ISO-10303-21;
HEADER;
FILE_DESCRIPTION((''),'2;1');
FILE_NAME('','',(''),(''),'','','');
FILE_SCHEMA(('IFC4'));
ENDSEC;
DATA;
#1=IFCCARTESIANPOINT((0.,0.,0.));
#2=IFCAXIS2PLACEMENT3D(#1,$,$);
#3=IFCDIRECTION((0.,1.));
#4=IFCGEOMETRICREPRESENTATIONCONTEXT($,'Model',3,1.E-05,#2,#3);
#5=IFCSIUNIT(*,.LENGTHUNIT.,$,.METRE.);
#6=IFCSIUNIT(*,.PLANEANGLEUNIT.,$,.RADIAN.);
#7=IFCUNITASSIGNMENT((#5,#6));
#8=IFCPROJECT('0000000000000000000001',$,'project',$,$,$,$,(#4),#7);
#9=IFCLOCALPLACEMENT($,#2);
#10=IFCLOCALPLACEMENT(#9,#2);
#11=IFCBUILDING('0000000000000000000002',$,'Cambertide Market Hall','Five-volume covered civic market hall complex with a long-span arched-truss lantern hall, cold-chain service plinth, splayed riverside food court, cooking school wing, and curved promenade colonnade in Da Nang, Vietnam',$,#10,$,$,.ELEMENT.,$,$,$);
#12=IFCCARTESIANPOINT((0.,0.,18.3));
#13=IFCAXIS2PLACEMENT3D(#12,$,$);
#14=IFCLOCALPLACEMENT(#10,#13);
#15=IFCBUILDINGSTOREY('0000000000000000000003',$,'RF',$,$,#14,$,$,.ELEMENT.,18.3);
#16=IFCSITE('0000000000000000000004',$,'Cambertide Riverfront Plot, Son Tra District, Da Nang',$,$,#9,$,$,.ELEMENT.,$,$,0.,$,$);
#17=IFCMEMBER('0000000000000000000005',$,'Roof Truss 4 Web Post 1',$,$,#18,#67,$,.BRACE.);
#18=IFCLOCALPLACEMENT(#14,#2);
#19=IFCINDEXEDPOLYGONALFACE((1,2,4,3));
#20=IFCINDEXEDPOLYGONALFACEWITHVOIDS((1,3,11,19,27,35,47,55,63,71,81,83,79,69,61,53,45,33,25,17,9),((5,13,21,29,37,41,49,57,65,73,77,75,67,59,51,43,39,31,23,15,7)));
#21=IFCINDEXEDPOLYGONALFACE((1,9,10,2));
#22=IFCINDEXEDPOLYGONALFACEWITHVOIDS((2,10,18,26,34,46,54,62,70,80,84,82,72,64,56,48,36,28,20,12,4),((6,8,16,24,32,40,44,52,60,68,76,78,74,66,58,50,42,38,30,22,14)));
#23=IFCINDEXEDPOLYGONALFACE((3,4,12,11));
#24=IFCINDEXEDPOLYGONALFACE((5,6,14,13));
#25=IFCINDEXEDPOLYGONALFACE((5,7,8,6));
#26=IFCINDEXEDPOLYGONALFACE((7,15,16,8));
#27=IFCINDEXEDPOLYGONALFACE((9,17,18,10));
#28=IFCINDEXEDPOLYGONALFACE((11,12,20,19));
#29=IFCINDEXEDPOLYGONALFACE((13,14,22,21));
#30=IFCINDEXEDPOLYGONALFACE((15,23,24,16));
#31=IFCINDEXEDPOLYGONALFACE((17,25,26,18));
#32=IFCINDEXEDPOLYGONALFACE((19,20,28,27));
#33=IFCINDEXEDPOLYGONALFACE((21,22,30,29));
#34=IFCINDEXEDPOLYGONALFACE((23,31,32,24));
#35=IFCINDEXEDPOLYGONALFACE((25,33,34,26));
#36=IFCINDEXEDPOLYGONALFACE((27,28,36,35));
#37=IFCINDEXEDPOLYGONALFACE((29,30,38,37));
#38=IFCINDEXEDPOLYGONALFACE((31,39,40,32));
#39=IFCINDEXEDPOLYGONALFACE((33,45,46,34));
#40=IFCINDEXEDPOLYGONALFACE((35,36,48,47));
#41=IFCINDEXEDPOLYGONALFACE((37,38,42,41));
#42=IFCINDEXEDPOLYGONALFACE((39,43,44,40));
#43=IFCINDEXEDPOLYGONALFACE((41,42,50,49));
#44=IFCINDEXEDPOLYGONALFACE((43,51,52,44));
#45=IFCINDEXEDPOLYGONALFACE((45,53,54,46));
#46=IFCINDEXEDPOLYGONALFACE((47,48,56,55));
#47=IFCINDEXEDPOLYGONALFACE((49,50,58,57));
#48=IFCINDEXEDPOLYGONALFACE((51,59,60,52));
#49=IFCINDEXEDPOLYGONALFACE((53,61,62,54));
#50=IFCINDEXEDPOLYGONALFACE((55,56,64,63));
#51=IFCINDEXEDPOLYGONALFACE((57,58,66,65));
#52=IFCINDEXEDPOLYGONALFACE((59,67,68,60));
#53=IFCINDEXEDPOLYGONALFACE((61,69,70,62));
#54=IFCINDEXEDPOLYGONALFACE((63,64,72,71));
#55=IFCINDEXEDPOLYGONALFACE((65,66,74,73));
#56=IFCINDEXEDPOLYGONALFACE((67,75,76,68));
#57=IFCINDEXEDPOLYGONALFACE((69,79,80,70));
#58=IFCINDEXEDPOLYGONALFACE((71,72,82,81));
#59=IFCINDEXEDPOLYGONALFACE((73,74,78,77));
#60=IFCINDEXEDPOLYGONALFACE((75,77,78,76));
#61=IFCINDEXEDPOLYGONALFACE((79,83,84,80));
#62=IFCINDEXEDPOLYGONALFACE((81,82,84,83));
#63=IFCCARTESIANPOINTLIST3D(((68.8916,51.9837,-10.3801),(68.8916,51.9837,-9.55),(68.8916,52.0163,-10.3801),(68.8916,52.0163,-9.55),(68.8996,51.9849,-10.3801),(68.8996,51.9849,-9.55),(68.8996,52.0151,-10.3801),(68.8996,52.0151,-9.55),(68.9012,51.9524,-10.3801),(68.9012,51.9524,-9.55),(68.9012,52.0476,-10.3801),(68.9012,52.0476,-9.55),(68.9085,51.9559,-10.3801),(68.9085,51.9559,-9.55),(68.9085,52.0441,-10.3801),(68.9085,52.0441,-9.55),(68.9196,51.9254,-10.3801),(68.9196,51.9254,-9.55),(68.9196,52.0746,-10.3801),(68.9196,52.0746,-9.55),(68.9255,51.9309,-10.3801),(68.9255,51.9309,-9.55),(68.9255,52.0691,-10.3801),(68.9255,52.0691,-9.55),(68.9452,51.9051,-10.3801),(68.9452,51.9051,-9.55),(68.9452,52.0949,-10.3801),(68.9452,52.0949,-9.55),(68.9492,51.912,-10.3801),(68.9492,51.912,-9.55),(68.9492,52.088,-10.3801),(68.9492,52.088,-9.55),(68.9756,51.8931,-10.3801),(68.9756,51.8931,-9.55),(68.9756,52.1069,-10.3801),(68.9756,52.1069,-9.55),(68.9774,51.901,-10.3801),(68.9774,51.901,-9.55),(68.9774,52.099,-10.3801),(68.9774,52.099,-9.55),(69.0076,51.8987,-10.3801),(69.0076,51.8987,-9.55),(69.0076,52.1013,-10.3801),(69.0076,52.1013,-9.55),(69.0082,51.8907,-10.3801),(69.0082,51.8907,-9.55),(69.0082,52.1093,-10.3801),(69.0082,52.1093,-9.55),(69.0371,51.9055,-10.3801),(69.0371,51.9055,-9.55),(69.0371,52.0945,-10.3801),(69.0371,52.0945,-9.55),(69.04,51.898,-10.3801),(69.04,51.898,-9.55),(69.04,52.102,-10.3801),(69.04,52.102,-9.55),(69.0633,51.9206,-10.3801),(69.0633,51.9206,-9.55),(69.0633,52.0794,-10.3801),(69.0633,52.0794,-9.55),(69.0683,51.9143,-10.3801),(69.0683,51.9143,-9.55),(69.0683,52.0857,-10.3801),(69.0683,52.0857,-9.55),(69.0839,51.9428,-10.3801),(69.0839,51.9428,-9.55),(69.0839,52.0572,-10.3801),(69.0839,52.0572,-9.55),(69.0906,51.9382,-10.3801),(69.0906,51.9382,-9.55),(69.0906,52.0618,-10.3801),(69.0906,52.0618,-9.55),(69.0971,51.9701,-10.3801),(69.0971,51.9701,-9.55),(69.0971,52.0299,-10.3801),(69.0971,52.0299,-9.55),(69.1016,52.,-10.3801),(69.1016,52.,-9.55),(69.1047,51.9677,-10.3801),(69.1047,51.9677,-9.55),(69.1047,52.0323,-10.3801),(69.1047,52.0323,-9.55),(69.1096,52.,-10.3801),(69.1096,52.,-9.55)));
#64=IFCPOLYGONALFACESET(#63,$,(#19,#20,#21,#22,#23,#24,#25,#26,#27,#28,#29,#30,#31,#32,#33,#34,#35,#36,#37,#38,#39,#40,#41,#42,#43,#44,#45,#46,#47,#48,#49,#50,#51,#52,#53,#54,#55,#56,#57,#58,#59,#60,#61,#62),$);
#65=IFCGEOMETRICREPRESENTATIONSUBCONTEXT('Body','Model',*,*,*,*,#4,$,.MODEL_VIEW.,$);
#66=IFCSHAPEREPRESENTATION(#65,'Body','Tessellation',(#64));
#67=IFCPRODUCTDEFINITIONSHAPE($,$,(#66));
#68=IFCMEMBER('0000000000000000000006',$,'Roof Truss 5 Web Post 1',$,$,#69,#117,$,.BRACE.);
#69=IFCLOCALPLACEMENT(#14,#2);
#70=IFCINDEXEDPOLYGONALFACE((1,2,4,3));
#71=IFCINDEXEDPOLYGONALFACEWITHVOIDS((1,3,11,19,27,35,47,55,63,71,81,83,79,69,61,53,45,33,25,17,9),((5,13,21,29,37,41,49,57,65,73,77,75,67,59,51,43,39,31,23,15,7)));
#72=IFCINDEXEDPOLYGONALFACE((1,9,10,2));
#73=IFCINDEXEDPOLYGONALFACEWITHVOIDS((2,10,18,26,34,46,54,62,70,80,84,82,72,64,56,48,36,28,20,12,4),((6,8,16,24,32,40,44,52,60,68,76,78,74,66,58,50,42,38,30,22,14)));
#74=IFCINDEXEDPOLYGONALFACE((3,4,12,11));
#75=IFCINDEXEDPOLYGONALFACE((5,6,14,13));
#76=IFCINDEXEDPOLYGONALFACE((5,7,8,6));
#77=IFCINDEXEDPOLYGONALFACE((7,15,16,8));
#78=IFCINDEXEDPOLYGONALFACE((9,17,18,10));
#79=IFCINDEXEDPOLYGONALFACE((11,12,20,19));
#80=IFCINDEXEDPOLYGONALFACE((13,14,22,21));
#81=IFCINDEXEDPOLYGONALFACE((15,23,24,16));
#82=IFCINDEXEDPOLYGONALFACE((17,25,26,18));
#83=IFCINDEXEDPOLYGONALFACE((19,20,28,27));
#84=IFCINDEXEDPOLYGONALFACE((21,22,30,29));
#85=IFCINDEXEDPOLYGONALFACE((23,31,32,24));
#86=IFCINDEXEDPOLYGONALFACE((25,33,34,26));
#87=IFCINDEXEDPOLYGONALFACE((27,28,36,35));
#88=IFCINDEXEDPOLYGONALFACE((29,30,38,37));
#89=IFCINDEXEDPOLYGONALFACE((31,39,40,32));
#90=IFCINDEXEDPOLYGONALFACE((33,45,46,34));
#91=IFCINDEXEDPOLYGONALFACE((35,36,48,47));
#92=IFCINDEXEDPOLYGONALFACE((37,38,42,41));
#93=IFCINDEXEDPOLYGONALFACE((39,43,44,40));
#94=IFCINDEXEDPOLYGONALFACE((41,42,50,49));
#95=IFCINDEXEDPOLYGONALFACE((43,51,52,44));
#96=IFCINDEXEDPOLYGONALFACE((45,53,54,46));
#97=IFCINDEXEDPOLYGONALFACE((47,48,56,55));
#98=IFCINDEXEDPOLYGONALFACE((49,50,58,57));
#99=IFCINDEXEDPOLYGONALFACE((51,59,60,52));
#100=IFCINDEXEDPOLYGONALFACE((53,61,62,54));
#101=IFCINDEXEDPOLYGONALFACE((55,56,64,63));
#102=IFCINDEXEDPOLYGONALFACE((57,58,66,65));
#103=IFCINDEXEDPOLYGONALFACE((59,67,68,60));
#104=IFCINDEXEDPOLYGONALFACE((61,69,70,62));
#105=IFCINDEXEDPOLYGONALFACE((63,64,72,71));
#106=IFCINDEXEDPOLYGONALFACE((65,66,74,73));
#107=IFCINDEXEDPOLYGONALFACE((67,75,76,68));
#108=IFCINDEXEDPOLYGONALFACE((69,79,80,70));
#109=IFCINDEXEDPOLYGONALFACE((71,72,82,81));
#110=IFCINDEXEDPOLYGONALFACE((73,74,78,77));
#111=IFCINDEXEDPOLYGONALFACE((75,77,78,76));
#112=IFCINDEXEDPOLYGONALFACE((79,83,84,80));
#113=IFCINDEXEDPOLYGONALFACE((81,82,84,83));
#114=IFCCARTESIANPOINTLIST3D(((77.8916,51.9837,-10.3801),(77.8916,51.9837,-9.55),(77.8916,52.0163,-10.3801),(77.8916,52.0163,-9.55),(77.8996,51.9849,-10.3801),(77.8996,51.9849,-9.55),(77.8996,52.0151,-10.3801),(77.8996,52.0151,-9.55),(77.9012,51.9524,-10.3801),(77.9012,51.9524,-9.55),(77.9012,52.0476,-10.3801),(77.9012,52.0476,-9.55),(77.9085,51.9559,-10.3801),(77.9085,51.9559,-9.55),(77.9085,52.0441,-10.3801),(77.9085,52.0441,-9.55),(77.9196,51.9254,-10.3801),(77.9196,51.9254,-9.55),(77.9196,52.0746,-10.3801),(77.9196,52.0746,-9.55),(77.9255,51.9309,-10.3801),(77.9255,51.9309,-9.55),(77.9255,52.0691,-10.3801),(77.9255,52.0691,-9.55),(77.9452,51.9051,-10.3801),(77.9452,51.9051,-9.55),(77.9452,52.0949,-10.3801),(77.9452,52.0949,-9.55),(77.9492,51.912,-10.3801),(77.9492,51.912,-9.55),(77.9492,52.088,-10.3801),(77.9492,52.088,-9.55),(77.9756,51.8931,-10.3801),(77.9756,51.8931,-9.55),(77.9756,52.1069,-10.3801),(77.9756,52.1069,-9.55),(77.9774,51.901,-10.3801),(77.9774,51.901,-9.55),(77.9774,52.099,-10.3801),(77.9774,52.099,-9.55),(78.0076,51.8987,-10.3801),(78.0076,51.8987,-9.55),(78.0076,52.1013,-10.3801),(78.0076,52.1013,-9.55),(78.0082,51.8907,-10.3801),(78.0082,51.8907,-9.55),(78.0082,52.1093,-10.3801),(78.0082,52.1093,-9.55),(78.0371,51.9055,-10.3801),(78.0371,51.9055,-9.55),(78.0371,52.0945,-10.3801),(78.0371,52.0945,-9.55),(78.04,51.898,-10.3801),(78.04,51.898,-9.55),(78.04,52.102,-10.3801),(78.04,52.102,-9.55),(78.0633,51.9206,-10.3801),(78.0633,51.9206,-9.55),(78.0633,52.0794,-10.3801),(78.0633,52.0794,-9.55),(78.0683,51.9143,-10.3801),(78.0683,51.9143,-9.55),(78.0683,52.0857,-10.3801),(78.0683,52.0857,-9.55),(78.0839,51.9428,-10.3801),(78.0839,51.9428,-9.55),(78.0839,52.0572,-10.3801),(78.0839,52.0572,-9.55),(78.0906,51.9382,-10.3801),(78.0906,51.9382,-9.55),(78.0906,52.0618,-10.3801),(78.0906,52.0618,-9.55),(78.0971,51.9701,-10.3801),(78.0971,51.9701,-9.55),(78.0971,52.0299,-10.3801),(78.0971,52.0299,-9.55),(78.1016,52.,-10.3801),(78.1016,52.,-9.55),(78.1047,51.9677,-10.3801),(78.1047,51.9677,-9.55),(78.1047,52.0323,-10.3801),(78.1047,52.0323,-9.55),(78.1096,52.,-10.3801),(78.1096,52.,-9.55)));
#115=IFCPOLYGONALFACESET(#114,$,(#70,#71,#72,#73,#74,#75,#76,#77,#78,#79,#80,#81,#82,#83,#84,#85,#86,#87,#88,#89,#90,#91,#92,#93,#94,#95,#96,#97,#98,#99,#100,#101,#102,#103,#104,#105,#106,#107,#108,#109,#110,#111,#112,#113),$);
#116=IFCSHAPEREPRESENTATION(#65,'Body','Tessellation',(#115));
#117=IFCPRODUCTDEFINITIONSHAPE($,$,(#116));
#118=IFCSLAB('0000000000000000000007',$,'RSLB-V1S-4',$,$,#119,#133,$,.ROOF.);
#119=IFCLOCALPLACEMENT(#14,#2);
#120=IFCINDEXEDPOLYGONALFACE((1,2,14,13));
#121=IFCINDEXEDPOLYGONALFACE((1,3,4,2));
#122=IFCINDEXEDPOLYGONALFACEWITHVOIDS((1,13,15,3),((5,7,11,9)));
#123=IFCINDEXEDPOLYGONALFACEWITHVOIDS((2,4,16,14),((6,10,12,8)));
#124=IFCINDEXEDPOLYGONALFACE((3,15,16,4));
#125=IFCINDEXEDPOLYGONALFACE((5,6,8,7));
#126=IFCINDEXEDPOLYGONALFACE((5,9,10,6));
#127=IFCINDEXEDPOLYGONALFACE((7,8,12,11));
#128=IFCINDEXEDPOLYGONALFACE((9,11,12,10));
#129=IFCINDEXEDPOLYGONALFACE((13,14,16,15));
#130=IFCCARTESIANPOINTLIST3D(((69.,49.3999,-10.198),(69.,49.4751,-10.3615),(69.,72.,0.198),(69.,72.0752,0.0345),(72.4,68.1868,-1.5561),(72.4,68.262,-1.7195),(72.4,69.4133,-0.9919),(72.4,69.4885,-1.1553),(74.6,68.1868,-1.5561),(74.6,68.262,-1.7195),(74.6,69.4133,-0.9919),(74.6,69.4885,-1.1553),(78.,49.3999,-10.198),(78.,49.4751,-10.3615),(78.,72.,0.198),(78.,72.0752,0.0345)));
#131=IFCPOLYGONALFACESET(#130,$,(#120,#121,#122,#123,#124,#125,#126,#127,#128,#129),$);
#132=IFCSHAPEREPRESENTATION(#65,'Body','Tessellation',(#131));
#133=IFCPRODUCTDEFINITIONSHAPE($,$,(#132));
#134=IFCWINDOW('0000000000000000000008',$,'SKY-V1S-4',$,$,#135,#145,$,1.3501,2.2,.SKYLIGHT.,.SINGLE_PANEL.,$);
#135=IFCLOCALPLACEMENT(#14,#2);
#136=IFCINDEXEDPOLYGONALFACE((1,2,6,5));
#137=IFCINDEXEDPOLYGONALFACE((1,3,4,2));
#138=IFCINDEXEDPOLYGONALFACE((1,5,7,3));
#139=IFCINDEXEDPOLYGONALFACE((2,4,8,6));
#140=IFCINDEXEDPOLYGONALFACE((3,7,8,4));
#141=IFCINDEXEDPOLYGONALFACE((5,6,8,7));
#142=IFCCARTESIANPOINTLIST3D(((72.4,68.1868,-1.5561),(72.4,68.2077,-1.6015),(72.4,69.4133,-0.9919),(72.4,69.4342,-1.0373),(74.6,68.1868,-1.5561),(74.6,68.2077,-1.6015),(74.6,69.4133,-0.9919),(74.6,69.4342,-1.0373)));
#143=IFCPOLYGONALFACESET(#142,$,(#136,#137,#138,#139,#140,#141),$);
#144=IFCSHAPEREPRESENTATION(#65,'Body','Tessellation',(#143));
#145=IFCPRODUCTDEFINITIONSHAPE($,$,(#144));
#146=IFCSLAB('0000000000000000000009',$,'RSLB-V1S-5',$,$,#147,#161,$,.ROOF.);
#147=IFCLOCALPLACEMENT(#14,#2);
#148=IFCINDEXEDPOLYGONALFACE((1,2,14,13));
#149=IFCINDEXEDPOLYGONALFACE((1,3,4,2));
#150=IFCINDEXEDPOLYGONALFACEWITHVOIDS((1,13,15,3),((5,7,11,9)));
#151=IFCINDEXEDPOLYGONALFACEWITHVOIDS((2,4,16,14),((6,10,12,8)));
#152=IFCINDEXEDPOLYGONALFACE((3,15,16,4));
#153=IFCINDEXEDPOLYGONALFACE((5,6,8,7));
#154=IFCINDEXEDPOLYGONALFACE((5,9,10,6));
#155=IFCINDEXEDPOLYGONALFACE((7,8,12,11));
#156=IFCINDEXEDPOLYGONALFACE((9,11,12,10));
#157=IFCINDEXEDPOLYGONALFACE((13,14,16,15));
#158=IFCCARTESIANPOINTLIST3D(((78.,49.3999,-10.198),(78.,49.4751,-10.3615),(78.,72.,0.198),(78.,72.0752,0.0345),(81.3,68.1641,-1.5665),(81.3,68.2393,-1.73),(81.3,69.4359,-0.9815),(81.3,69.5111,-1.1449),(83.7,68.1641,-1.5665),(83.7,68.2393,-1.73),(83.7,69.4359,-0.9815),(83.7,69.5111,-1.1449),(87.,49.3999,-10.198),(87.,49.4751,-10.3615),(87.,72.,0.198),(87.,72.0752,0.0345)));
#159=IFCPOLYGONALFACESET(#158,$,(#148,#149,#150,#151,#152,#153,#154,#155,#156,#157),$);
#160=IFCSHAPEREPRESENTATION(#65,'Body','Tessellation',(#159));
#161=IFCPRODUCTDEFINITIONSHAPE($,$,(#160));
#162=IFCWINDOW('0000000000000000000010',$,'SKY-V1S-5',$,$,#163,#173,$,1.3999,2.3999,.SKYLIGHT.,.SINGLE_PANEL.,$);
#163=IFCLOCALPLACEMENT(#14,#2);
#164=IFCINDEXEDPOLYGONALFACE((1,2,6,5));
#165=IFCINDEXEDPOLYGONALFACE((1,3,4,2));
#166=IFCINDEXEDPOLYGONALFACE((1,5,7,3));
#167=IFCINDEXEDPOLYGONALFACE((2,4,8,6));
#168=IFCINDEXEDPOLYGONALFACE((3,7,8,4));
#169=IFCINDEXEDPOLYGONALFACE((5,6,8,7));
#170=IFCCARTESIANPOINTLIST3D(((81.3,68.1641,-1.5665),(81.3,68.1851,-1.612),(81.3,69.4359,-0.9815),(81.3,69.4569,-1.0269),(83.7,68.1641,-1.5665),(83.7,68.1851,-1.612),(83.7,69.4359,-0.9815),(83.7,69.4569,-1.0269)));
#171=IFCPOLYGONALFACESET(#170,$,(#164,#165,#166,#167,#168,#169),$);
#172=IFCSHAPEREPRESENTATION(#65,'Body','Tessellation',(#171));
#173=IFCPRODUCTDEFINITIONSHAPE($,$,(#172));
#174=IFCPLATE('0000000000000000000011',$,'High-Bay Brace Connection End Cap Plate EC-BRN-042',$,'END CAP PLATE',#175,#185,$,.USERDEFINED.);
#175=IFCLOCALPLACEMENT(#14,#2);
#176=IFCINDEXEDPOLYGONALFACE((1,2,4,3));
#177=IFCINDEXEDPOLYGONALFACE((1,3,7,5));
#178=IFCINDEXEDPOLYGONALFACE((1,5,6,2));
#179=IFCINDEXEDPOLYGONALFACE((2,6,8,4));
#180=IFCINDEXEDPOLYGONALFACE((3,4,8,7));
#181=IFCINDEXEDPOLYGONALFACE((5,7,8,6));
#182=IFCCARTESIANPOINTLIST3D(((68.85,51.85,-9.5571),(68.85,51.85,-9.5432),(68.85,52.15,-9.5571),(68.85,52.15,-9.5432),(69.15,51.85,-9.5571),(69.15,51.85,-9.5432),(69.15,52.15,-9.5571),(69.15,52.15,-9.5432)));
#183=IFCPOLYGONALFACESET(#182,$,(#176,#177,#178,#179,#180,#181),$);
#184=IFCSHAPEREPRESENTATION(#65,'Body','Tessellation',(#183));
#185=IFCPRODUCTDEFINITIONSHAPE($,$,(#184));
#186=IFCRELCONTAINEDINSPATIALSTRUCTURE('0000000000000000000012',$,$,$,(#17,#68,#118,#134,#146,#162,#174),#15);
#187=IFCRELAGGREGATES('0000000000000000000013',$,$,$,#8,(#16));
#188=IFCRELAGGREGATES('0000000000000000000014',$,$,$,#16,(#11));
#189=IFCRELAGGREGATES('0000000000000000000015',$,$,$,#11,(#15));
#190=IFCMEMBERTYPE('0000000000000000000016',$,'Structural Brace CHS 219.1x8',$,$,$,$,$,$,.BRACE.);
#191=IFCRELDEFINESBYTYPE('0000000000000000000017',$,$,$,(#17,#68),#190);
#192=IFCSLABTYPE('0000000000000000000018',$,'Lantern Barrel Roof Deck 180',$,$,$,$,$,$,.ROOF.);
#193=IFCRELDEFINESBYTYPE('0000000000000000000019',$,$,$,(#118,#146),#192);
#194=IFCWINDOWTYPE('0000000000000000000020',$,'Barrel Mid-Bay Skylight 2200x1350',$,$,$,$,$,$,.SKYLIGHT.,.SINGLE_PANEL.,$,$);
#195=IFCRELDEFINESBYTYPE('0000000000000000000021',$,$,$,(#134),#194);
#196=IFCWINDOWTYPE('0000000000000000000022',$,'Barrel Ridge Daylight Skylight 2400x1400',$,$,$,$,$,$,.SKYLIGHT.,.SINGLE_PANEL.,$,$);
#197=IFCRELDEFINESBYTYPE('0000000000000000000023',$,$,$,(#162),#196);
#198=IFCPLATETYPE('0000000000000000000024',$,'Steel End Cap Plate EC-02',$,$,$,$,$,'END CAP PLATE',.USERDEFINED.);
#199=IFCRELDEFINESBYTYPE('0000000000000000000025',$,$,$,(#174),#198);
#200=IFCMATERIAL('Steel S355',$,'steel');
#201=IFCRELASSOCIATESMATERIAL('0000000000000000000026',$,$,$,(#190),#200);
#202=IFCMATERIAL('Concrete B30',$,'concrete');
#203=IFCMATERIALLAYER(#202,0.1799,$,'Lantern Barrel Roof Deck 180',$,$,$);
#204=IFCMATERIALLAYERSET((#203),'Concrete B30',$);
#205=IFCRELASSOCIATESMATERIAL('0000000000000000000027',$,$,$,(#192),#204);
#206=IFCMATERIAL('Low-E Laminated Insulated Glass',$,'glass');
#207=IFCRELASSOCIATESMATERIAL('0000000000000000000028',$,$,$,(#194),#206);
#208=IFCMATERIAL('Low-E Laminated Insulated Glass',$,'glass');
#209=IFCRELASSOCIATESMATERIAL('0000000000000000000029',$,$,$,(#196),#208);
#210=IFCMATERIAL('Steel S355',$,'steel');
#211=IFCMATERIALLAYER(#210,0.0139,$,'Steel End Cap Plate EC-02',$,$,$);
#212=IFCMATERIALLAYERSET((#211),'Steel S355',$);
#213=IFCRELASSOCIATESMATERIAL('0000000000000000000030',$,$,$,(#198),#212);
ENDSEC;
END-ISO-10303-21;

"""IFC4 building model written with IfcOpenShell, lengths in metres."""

from ifc_helpers import new_model, si_unit, direction, frame, origin, origin_2d, place, context, subcontext, project, spatial, polyline, rectangle, hollow_circle, outline, extrude, material, layer, layer_set, material_profile, profile_set, type_object, element, fill, save


model = new_model("IFC4")

# Units and contexts
model_context = context("Model", 3, precision=1e-05, world=origin(), true_north=direction((0.0, 1.0)))
body_context = subcontext(model_context, "Body", "Model", "MODEL_VIEW")
ifc_project = project(units=[si_unit("LENGTHUNIT", "METRE"), si_unit("PLANEANGLEUNIT", "RADIAN")], contexts=[model_context])

# Site, building, storey
site_placement = place(None, origin())
site = spatial("IfcSite", under=ifc_project, at=site_placement, Name="Cambertide Riverfront Plot, Son Tra District, Da Nang", CompositionType="ELEMENT", RefElevation=0.0)
building_placement = place(site_placement, origin())
building = spatial("IfcBuilding", under=site, at=building_placement, Name="Cambertide Market Hall", Description="Five-volume covered civic market hall complex with a long-span arched-truss lantern hall, cold-chain service plinth, splayed riverside food court, cooking school wing, and curved promenade colonnade in Da Nang, Vietnam", CompositionType="ELEMENT")
storey_placement = place(building_placement, frame((0.0, 0.0, 18.3)))
storey = spatial("IfcBuildingStorey", under=building, at=storey_placement, Name="RF", CompositionType="ELEMENT", Elevation=18.3)

# Members
ifc_material_1 = material(Name="Steel S355", Category="steel")
ifc_material_profile_1 = material_profile(ifc_material_1, hollow_circle(Radius=0.1096, WallThickness=0.0081, at=origin_2d()), Name="CHS 219.1x8")
ifc_profile_set_1 = profile_set([ifc_material_profile_1], Name="Steel S355")
member_type_1 = type_object("IfcMemberType", Name="Structural Brace CHS 219.1x8", PredefinedType="BRACE", material=ifc_profile_set_1)
for number, where, z_axis, x_axis, name in (
    (1, (69.0, 52.0, -10.3801), (0.0, 0.0, 1.0), (1.0, 0.0, 0.0), "Roof Truss 4 Web Post 1"),
    (2, (78.0, 52.0, -10.3801), (0.0, 0.0, 1.0), (1.0, 0.0, 0.0), "Roof Truss 5 Web Post 1"),
):
    element("IfcMember", number, at=place(storey_placement, frame(where, z_axis=z_axis, x_axis=x_axis)), inside=storey, type_object=member_type_1, Name=name, PredefinedType="BRACE", context=body_context, shape_type="SweptSolid", body=[
        extrude(hollow_circle(Radius=0.1096, WallThickness=0.0081, at=origin_2d()), origin(), (0.0, 0.0, 1.0), 0.8301),
    ])

# Slabs, openings, windows
ifc_material_2 = material(Name="Concrete B30", Category="concrete")
ifc_layer_1 = layer(ifc_material_2, 0.1799, Name="Lantern Barrel Roof Deck 180")
ifc_layer_set_1 = layer_set([ifc_layer_1], Name="Concrete B30")
slab_type = type_object("IfcSlabType", Name="Lantern Barrel Roof Deck 180", PredefinedType="ROOF", material=ifc_layer_set_1)
slab_1_placement = place(storey_placement, frame((69.0, 49.3999, -10.198), z_axis=(0.0, -0.417904, 0.908491), x_axis=(1.0, 0.0, 0.0)))
slab_1 = element("IfcSlab", 3, at=slab_1_placement, inside=storey, type_object=slab_type, Name="RSLB-V1S-4", PredefinedType="ROOF", context=body_context, shape_type="SweptSolid", body=[
    extrude(outline(polyline([(0.0, 0.0), (9.0, 0.0), (9.0, 24.8765), (0.0, 24.8765), (0.0, 0.0)])), origin(), (0.0, 0.0, -1.0), 0.1799),
])
opening_1_placement = place(slab_1_placement, frame((4.5, 21.3542, 0.01), z_axis=(0.0, 0.0, 1.0), x_axis=(1.0, 0.0, 0.0)))
opening_1 = element("IfcOpeningElement", 4, at=opening_1_placement, cuts=slab_1, PredefinedType="OPENING", context=body_context, shape_type="SweptSolid", body=[
    extrude(rectangle(XDim=2.2, YDim=1.3501, at=origin_2d()), origin(), (0.0, 0.0, -1.0), 0.2),
])
ifc_material_3 = material(Name="Low-E Laminated Insulated Glass", Category="glass")
window_type_1 = type_object("IfcWindowType", Name="Barrel Mid-Bay Skylight 2200x1350", PartitioningType="SINGLE_PANEL", PredefinedType="SKYLIGHT", material=ifc_material_3)
window_1_placement = place(slab_1_placement, frame((4.5, 21.3542, 0.0), z_axis=(0.0, 0.0, 1.0), x_axis=(1.0, 0.0, 0.0)))
window_1 = element("IfcWindow", 5, at=window_1_placement, inside=storey, type_object=window_type_1, Name="SKY-V1S-4", OverallHeight=1.3501, OverallWidth=2.2, PartitioningType="SINGLE_PANEL", PredefinedType="SKYLIGHT", context=body_context, shape_type="SweptSolid", body=[
    extrude(rectangle(XDim=2.2, YDim=1.3501, at=origin_2d()), origin(), (0.0, 0.0, -1.0), 0.05),
])
fill(opening_1, window_1)
slab_2_placement = place(storey_placement, frame((78.0, 49.3999, -10.198), z_axis=(0.0, -0.417904, 0.908491), x_axis=(1.0, 0.0, 0.0)))
slab_2 = element("IfcSlab", 6, at=slab_2_placement, inside=storey, type_object=slab_type, Name="RSLB-V1S-5", PredefinedType="ROOF", context=body_context, shape_type="SweptSolid", body=[
    extrude(outline(polyline([(0.0, 0.0), (9.0, 0.0), (9.0, 24.8765), (0.0, 24.8765), (0.0, 0.0)])), origin(), (0.0, 0.0, -1.0), 0.1799),
])
opening_2_placement = place(slab_2_placement, frame((4.5, 21.3542, 0.01), z_axis=(0.0, 0.0, 1.0), x_axis=(1.0, 0.0, 0.0)))
opening_2 = element("IfcOpeningElement", 7, at=opening_2_placement, cuts=slab_2, PredefinedType="OPENING", context=body_context, shape_type="SweptSolid", body=[
    extrude(rectangle(XDim=2.3999, YDim=1.3999, at=origin_2d()), origin(), (0.0, 0.0, -1.0), 0.2),
])
ifc_material_4 = material(Name="Low-E Laminated Insulated Glass", Category="glass")
window_type_2 = type_object("IfcWindowType", Name="Barrel Ridge Daylight Skylight 2400x1400", PartitioningType="SINGLE_PANEL", PredefinedType="SKYLIGHT", material=ifc_material_4)
window_2_placement = place(slab_2_placement, frame((4.5, 21.3542, 0.0), z_axis=(0.0, 0.0, 1.0), x_axis=(1.0, 0.0, 0.0)))
window_2 = element("IfcWindow", 8, at=window_2_placement, inside=storey, type_object=window_type_2, Name="SKY-V1S-5", OverallHeight=1.3999, OverallWidth=2.3999, PartitioningType="SINGLE_PANEL", PredefinedType="SKYLIGHT", context=body_context, shape_type="SweptSolid", body=[
    extrude(rectangle(XDim=2.3999, YDim=1.3999, at=origin_2d()), origin(), (0.0, 0.0, -1.0), 0.05),
])
fill(opening_2, window_2)

# Plate
ifc_material_5 = material(Name="Steel S355", Category="steel")
ifc_layer_2 = layer(ifc_material_5, 0.0139, Name="Steel End Cap Plate EC-02")
ifc_layer_set_2 = layer_set([ifc_layer_2], Name="Steel S355")
plate_type_1 = type_object("IfcPlateType", Name="Steel End Cap Plate EC-02", ElementType="END CAP PLATE", PredefinedType="USERDEFINED", material=ifc_layer_set_2)
plate_1_placement = place(storey_placement, frame((69.0, 52.0, -9.5571), z_axis=(0.0, 0.0, 1.0), x_axis=(1.0, 0.0, 0.0)))
element("IfcPlate", 9, at=plate_1_placement, inside=storey, type_object=plate_type_1, Name="High-Bay Brace Connection End Cap Plate EC-BRN-042", ObjectType="END CAP PLATE", PredefinedType="USERDEFINED", context=body_context, shape_type="SweptSolid", body=[
    extrude(rectangle(XDim=0.3, YDim=0.3, at=origin_2d()), origin(), (0.0, 0.0, 1.0), 0.0139),
])

save(model, "model.ifc")
